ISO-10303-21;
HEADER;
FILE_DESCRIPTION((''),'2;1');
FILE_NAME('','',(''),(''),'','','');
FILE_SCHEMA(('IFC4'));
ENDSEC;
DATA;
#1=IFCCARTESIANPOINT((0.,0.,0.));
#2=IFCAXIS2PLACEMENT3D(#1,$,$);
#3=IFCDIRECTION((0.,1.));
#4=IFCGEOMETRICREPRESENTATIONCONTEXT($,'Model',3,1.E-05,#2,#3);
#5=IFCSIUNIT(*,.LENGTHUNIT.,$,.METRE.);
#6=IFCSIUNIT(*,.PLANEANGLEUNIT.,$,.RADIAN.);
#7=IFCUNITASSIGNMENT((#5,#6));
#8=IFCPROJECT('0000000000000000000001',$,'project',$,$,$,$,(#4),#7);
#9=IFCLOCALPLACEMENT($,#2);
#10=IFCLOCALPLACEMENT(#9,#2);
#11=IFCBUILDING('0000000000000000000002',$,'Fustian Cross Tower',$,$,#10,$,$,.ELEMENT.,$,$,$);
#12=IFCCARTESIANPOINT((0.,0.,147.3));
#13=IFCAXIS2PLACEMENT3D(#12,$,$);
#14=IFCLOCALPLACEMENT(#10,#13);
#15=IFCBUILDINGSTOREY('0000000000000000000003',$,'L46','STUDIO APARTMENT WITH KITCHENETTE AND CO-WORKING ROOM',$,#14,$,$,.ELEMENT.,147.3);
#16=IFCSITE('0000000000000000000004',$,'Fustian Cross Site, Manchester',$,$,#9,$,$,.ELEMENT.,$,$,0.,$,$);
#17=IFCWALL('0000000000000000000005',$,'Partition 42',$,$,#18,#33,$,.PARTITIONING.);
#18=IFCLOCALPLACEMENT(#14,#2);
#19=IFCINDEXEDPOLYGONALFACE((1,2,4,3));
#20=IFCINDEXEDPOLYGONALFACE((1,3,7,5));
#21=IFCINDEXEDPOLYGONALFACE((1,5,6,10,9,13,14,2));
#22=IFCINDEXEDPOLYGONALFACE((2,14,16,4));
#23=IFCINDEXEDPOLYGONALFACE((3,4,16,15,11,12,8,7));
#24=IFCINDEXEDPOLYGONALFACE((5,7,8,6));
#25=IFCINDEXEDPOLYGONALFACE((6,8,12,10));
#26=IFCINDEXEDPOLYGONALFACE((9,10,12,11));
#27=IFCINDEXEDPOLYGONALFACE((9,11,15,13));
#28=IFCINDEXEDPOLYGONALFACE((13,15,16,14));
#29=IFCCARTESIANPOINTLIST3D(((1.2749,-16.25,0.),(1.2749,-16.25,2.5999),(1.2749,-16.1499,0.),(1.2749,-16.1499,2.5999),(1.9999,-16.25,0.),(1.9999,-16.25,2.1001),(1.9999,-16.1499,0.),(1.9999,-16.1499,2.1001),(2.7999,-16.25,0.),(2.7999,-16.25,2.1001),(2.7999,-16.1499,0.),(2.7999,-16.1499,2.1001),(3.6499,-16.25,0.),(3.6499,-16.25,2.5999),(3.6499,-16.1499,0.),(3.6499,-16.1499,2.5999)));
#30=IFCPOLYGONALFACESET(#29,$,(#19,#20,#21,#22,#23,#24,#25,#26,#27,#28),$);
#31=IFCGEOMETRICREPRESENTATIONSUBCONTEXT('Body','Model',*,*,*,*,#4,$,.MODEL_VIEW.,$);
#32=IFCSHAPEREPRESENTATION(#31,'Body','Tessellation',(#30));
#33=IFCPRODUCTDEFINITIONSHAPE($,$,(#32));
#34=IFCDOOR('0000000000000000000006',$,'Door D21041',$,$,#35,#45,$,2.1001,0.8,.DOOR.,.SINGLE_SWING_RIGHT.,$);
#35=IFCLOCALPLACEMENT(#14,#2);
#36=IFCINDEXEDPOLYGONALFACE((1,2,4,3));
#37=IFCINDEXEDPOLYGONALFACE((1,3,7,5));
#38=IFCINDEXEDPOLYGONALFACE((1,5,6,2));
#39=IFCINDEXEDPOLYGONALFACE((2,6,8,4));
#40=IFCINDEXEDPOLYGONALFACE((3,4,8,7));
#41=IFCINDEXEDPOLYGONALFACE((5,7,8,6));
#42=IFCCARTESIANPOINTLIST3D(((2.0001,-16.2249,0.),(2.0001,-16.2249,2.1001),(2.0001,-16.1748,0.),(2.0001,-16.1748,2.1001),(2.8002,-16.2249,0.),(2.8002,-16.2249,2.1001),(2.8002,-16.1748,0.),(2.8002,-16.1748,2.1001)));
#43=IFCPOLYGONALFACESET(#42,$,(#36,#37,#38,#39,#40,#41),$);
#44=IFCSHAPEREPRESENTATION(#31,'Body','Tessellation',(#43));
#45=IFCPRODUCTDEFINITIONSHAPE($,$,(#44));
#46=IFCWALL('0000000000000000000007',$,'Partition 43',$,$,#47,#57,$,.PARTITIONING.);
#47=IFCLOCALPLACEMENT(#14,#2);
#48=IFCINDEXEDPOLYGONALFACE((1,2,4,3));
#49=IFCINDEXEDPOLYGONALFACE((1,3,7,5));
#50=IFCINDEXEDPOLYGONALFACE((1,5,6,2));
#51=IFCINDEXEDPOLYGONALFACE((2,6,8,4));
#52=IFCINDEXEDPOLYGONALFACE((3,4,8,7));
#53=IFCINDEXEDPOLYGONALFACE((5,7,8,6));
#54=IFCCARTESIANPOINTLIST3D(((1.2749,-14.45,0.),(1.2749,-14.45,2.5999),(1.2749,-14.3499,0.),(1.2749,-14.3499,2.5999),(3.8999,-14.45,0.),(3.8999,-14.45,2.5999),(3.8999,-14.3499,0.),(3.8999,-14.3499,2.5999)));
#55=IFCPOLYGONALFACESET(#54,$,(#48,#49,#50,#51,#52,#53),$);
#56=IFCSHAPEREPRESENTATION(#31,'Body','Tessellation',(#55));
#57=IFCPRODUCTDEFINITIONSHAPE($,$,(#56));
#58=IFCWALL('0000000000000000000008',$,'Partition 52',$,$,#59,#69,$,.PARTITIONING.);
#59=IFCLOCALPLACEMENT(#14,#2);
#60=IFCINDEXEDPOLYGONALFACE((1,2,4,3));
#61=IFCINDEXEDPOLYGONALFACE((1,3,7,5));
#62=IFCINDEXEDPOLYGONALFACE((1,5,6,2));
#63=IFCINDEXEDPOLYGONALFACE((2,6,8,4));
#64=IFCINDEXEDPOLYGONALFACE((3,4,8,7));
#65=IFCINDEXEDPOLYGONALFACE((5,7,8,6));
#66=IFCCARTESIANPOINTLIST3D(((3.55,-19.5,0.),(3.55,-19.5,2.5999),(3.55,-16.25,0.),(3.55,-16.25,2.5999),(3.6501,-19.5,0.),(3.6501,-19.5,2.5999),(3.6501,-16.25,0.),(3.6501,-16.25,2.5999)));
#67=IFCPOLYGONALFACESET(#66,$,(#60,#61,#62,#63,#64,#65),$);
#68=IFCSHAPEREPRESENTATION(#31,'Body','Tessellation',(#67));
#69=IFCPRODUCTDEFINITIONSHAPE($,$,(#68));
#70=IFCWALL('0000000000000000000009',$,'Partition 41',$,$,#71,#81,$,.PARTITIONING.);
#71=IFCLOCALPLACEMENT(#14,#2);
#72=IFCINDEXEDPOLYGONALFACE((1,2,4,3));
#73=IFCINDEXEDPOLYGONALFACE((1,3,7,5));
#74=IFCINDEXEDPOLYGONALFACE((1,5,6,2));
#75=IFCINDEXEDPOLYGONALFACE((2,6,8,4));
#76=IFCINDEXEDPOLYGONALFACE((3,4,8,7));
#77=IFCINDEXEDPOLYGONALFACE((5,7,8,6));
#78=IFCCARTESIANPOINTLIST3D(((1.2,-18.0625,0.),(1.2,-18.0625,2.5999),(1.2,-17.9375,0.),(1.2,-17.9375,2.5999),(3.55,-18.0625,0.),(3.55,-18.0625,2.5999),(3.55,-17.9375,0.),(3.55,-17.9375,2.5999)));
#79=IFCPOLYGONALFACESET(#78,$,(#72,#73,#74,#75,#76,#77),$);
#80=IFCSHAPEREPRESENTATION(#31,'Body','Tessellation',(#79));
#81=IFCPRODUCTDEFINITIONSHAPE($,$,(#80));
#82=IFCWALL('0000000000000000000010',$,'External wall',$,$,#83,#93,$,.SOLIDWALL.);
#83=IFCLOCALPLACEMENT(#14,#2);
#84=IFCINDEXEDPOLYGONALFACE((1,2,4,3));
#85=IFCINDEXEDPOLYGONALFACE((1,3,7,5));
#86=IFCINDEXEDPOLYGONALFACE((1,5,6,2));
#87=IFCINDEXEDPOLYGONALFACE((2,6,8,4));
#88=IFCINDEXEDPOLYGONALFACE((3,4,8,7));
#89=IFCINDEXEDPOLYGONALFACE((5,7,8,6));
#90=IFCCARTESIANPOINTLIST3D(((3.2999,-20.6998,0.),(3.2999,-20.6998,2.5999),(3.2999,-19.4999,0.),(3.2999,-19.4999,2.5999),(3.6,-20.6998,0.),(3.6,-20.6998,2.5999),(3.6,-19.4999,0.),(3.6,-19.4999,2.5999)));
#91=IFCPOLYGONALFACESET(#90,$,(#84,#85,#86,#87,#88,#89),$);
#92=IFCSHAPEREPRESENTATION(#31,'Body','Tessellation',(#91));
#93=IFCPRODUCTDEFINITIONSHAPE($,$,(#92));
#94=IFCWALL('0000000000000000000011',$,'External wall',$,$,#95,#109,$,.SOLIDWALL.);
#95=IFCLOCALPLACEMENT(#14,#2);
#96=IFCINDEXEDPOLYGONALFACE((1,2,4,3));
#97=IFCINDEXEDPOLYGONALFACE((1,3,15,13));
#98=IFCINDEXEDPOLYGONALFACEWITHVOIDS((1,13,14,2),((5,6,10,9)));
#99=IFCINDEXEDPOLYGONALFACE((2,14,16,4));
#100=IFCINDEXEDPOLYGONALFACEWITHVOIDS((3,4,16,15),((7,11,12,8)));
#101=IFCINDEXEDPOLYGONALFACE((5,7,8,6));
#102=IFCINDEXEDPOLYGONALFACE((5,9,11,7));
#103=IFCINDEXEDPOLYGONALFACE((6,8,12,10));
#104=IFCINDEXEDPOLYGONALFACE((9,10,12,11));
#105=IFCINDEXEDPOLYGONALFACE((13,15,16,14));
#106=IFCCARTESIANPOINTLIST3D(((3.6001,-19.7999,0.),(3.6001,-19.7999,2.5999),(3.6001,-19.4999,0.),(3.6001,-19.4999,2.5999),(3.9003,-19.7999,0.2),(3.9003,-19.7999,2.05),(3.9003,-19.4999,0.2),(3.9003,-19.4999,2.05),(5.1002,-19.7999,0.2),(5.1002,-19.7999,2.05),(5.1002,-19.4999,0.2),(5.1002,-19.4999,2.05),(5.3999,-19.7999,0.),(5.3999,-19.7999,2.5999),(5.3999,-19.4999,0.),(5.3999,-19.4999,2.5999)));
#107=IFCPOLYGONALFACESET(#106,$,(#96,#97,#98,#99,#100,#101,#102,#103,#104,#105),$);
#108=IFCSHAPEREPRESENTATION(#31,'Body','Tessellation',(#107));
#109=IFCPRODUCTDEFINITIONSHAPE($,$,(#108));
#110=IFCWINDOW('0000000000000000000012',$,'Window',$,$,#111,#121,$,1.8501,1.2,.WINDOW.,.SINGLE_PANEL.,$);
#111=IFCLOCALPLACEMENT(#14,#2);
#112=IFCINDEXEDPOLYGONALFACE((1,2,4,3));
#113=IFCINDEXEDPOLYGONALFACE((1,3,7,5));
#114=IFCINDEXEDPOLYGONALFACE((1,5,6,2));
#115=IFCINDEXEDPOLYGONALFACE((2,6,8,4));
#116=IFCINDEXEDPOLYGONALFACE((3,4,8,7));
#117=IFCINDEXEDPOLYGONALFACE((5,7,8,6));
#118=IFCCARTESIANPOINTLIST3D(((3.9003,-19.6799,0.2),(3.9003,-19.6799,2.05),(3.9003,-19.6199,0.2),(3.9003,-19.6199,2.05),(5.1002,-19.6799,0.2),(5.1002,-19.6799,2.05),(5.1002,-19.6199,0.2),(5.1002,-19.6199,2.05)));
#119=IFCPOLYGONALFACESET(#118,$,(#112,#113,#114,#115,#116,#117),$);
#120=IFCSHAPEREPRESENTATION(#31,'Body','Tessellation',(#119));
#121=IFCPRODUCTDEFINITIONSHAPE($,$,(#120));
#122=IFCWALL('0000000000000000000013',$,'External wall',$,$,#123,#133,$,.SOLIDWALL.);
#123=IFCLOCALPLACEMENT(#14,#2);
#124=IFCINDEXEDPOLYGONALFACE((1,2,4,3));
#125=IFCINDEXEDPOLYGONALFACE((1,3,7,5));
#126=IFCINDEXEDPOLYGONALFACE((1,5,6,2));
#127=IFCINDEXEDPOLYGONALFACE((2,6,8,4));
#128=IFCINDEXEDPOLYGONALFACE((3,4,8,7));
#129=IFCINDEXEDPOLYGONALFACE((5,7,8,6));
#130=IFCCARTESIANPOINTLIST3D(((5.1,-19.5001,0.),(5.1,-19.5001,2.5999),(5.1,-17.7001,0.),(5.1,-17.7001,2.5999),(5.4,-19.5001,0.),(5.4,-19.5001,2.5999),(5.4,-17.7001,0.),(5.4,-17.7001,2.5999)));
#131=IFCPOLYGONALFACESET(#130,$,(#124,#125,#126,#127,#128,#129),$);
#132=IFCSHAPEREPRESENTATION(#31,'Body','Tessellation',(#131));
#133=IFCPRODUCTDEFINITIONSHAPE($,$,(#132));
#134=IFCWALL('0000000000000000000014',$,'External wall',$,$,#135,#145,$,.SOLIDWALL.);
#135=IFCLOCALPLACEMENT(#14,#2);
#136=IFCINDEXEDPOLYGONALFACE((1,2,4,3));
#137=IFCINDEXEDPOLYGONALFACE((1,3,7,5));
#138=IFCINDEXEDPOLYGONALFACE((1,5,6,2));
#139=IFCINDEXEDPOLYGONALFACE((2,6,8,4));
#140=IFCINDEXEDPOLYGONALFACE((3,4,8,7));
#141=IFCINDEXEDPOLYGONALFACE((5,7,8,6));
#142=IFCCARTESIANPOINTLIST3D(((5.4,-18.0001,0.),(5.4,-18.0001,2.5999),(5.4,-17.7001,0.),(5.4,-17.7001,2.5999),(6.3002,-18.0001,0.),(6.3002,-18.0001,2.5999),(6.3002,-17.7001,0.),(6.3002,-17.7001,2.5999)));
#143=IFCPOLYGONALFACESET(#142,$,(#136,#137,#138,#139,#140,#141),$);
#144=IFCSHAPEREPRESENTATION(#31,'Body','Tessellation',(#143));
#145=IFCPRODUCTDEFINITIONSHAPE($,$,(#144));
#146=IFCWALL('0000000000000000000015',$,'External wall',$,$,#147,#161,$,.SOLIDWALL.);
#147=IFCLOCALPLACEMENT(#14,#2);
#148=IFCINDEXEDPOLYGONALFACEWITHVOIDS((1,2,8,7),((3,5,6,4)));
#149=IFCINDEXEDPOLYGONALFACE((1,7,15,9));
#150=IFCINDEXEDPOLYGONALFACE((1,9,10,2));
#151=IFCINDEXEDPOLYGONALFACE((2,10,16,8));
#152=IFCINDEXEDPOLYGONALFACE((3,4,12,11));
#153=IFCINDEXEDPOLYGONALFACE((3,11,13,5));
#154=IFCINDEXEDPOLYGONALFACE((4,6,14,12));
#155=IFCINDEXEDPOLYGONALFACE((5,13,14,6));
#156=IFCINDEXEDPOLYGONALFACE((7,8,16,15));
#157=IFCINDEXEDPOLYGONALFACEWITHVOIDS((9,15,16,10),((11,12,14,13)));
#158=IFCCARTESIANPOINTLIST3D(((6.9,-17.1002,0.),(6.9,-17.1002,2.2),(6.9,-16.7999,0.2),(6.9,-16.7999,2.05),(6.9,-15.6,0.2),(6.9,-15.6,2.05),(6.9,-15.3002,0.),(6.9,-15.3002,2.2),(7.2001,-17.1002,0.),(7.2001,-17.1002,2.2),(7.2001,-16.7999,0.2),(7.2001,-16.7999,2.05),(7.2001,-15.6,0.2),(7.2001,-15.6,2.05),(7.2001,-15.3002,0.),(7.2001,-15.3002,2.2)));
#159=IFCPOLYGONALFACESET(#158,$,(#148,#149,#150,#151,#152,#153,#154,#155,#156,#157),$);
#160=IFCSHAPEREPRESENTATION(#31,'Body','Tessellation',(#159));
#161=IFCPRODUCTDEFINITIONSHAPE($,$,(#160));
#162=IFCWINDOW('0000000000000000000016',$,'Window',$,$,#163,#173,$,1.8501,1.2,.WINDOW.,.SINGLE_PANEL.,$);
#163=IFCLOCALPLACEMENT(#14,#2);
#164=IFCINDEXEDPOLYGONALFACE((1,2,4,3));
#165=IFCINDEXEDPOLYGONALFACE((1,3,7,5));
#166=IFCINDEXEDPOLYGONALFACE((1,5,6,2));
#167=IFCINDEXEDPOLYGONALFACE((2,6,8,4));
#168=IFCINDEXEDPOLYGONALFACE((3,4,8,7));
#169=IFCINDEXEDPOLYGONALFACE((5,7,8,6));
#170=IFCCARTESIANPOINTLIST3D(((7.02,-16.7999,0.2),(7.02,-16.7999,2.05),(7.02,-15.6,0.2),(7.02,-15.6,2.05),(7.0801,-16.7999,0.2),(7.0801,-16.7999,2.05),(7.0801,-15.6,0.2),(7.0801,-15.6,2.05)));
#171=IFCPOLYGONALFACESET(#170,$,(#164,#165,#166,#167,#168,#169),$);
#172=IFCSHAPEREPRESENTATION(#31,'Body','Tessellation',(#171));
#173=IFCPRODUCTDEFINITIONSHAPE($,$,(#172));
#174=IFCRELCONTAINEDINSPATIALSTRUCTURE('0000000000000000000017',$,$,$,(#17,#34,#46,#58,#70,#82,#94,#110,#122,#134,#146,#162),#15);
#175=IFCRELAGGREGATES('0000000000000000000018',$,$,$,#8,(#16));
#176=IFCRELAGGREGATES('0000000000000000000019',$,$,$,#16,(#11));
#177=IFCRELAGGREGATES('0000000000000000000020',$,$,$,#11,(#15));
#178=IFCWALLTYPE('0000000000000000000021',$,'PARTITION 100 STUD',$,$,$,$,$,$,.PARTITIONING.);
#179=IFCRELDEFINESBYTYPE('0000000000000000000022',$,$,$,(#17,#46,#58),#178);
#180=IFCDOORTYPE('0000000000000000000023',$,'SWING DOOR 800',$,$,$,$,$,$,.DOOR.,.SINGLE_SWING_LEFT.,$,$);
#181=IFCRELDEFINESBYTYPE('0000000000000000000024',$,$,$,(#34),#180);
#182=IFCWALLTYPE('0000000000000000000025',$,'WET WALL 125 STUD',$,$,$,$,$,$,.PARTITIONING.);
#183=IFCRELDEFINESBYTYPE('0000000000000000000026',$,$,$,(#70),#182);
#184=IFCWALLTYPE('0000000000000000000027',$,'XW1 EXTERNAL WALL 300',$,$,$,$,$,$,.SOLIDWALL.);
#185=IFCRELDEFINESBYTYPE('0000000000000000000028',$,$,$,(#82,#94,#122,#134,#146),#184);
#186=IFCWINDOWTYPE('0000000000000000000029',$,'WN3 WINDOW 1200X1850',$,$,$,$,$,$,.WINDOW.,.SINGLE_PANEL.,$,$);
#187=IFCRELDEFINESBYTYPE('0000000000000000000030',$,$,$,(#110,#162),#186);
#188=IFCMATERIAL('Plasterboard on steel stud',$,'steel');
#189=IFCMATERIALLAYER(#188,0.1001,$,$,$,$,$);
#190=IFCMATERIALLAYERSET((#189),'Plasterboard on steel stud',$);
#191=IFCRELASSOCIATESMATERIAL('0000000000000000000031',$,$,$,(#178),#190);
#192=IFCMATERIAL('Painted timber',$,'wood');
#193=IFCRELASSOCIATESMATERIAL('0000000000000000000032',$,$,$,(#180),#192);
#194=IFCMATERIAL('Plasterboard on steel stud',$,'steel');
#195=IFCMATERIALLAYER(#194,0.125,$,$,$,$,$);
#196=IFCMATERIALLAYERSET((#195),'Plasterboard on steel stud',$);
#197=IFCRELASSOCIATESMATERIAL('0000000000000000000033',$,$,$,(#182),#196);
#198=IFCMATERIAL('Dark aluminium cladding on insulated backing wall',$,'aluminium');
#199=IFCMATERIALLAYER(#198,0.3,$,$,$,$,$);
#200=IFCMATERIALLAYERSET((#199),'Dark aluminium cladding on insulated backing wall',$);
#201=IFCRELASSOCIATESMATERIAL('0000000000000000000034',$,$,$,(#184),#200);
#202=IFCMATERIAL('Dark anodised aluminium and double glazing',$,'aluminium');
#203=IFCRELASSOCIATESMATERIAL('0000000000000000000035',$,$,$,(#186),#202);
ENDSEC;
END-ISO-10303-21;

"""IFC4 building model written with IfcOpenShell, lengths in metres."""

from ifc_helpers import new_model, si_unit, direction, frame, frame_2d, origin, place, context, subcontext, project, spatial, rectangle, extrude, material, layer, layer_set, type_object, element, fill, save


model = new_model("IFC4")

# Units and contexts
model_context = context("Model", 3, precision=1e-05, world=origin(), true_north=direction((0.0, 1.0)))
body_context = subcontext(model_context, "Body", "Model", "MODEL_VIEW")
ifc_project = project(units=[si_unit("LENGTHUNIT", "METRE"), si_unit("PLANEANGLEUNIT", "RADIAN")], contexts=[model_context])

# Site, building, storey
site_placement = place(None, origin())
site = spatial("IfcSite", under=ifc_project, at=site_placement, Name="Fustian Cross Site, Manchester", CompositionType="ELEMENT", RefElevation=0.0)
building_placement = place(site_placement, origin())
building = spatial("IfcBuilding", under=site, at=building_placement, Name="Fustian Cross Tower", CompositionType="ELEMENT")
storey_placement = place(building_placement, frame((0.0, 0.0, 147.3)))
storey = spatial("IfcBuildingStorey", under=building, at=storey_placement, Name="L46", Description="STUDIO APARTMENT WITH KITCHENETTE AND CO-WORKING ROOM", CompositionType="ELEMENT", Elevation=147.3)

# Wall, opening, door
ifc_material_1 = material(Name="Plasterboard on steel stud", Category="steel")
ifc_layer_1 = layer(ifc_material_1, 0.1001)
ifc_layer_set_1 = layer_set([ifc_layer_1], Name="Plasterboard on steel stud")
wall_type_1 = type_object("IfcWallType", Name="PARTITION 100 STUD", PredefinedType="PARTITIONING", material=ifc_layer_set_1)
wall_1_placement = place(storey_placement, frame((1.2749, -16.2, 0.0), z_axis=(0.0, 0.0, 1.0), x_axis=(1.0, 0.0, 0.0)))
wall_1 = element("IfcWall", 1, at=wall_1_placement, inside=storey, type_object=wall_type_1, Name="Partition 42", PredefinedType="PARTITIONING", context=body_context, shape_type="SweptSolid", body=[
    extrude(rectangle(XDim=2.375, YDim=0.1001, at=frame_2d((1.1875, 0.0))), origin(), (0.0, 0.0, 1.0), 2.5999),
])
opening_1_placement = place(wall_1_placement, frame((0.7251, 0.0, 0.0)))
opening_1 = element("IfcOpeningElement", 2, at=opening_1_placement, cuts=wall_1, PredefinedType="OPENING", context=body_context, shape_type="SweptSolid", body=[
    extrude(rectangle(XDim=0.8, YDim=2.1001, at=frame_2d((0.3999, 1.05))), frame((0.0, 0.0601, 0.0), z_axis=(0.0, -1.0, 0.0), x_axis=(1.0, 0.0, 0.0)), (0.0, 0.0, 1.0), 0.1201),
])
ifc_material_2 = material(Name="Painted timber", Category="wood")
door_type_1 = type_object("IfcDoorType", Name="SWING DOOR 800", OperationType="SINGLE_SWING_LEFT", PredefinedType="DOOR", material=ifc_material_2)
door_1_placement = place(opening_1_placement, frame((0.8, 0.0, 0.0), z_axis=(0.0, 0.0, 1.0), x_axis=(-1.0, 0.0, 0.0)))
door_1 = element("IfcDoor", 3, at=door_1_placement, inside=storey, type_object=door_type_1, Name="Door D21041", OperationType="SINGLE_SWING_RIGHT", OverallHeight=2.1001, OverallWidth=0.8, PredefinedType="DOOR", context=body_context, shape_type="SweptSolid", body=[
    extrude(rectangle(XDim=0.8, YDim=2.1001, at=frame_2d((0.3999, 1.05))), frame((0.0, 0.0249, 0.0), z_axis=(0.0, -1.0, 0.0), x_axis=(1.0, 0.0, 0.0)), (0.0, 0.0, 1.0), 0.05),
])
fill(opening_1, door_1)

# Walls
wall_2_placement = place(storey_placement, frame((1.2749, -14.3999, 0.0), z_axis=(0.0, 0.0, 1.0), x_axis=(1.0, 0.0, 0.0)))
element("IfcWall", 4, at=wall_2_placement, inside=storey, type_object=wall_type_1, Name="Partition 43", PredefinedType="PARTITIONING", context=body_context, shape_type="SweptSolid", body=[
    extrude(rectangle(XDim=2.625, YDim=0.1001, at=frame_2d((1.3125, 0.0))), origin(), (0.0, 0.0, 1.0), 2.5999),
])
wall_3_placement = place(storey_placement, frame((3.6001, -19.5, 0.0), z_axis=(0.0, 0.0, 1.0), x_axis=(0.0, 1.0, 0.0)))
element("IfcWall", 5, at=wall_3_placement, inside=storey, type_object=wall_type_1, Name="Partition 52", PredefinedType="PARTITIONING", context=body_context, shape_type="SweptSolid", body=[
    extrude(rectangle(XDim=3.25, YDim=0.1001, at=frame_2d((1.625, 0.0))), origin(), (0.0, 0.0, 1.0), 2.5999),
])
ifc_material_3 = material(Name="Plasterboard on steel stud", Category="steel")
ifc_layer_2 = layer(ifc_material_3, 0.125)
ifc_layer_set_2 = layer_set([ifc_layer_2], Name="Plasterboard on steel stud")
wall_type_2 = type_object("IfcWallType", Name="WET WALL 125 STUD", PredefinedType="PARTITIONING", material=ifc_layer_set_2)
wall_4_placement = place(storey_placement, frame((1.2, -18.0, 0.0), z_axis=(0.0, 0.0, 1.0), x_axis=(1.0, 0.0, 0.0)))
element("IfcWall", 6, at=wall_4_placement, inside=storey, type_object=wall_type_2, Name="Partition 41", PredefinedType="PARTITIONING", context=body_context, shape_type="SweptSolid", body=[
    extrude(rectangle(XDim=2.3501, YDim=0.125, at=frame_2d((1.175, 0.0))), origin(), (0.0, 0.0, 1.0), 2.5999),
])
ifc_material_4 = material(Name="Dark aluminium cladding on insulated backing wall", Category="aluminium")
ifc_layer_3 = layer(ifc_material_4, 0.3)
ifc_layer_set_3 = layer_set([ifc_layer_3], Name="Dark aluminium cladding on insulated backing wall")
wall_type_3 = type_object("IfcWallType", Name="XW1 EXTERNAL WALL 300", PredefinedType="SOLIDWALL", material=ifc_layer_set_3)
wall_5_placement = place(storey_placement, frame((3.45, -20.7, 0.0), z_axis=(0.0, 0.0, 1.0), x_axis=(0.0, 1.0, 0.0)))
element("IfcWall", 7, at=wall_5_placement, inside=storey, type_object=wall_type_3, Name="External wall", PredefinedType="SOLIDWALL", context=body_context, shape_type="SweptSolid", body=[
    extrude(rectangle(XDim=1.2, YDim=0.3, at=frame_2d((0.6001, 0.0))), origin(), (0.0, 0.0, 1.0), 2.5999),
])

# Wall, opening, window
wall_6_placement = place(storey_placement, frame((3.6001, -19.6499, 0.0), z_axis=(0.0, 0.0, 1.0), x_axis=(1.0, 0.0, 0.0)))
wall_6 = element("IfcWall", 8, at=wall_6_placement, inside=storey, type_object=wall_type_3, Name="External wall", PredefinedType="SOLIDWALL", context=body_context, shape_type="SweptSolid", body=[
    extrude(rectangle(XDim=1.7998, YDim=0.3, at=frame_2d((0.8999, 0.0))), origin(), (0.0, 0.0, 1.0), 2.5999),
])
opening_2_placement = place(wall_6_placement, frame((0.3, 0.0, 0.2)))
opening_2 = element("IfcOpeningElement", 9, at=opening_2_placement, cuts=wall_6, PredefinedType="OPENING", context=body_context, shape_type="SweptSolid", body=[
    extrude(rectangle(XDim=1.2, YDim=1.8501, at=frame_2d((0.6001, 0.925))), frame((0.0, 0.1599, 0.0), z_axis=(0.0, -1.0, 0.0), x_axis=(1.0, 0.0, 0.0)), (0.0, 0.0, 1.0), 0.3201),
])
ifc_material_5 = material(Name="Dark anodised aluminium and double glazing", Category="aluminium")
window_type_1 = type_object("IfcWindowType", Name="WN3 WINDOW 1200X1850", PartitioningType="SINGLE_PANEL", PredefinedType="WINDOW", material=ifc_material_5)
window_1_placement = place(opening_2_placement, origin())
window_1 = element("IfcWindow", 10, at=window_1_placement, inside=storey, type_object=window_type_1, Name="Window", OverallHeight=1.8501, OverallWidth=1.2, PartitioningType="SINGLE_PANEL", PredefinedType="WINDOW", context=body_context, shape_type="SweptSolid", body=[
    extrude(rectangle(XDim=1.2, YDim=1.8501, at=frame_2d((0.6001, 0.925))), frame((0.0, 0.03, 0.0), z_axis=(0.0, -1.0, 0.0), x_axis=(1.0, 0.0, 0.0)), (0.0, 0.0, 1.0), 0.0601),
])
fill(opening_2, window_1)

# Walls
wall_7_placement = place(storey_placement, frame((5.25, -19.5, 0.0), z_axis=(0.0, 0.0, 1.0), x_axis=(0.0, 1.0, 0.0)))
element("IfcWall", 11, at=wall_7_placement, inside=storey, type_object=wall_type_3, Name="External wall", PredefinedType="SOLIDWALL", context=body_context, shape_type="SweptSolid", body=[
    extrude(rectangle(XDim=1.8, YDim=0.3, at=frame_2d((0.8999, 0.0))), origin(), (0.0, 0.0, 1.0), 2.5999),
])
wall_8_placement = place(storey_placement, frame((5.3999, -17.8501, 0.0), z_axis=(0.0, 0.0, 1.0), x_axis=(1.0, 0.0, 0.0)))
element("IfcWall", 12, at=wall_8_placement, inside=storey, type_object=wall_type_3, Name="External wall", PredefinedType="SOLIDWALL", context=body_context, shape_type="SweptSolid", body=[
    extrude(rectangle(XDim=0.9001, YDim=0.3, at=frame_2d((0.4502, 0.0))), origin(), (0.0, 0.0, 1.0), 2.5999),
])

# Wall, opening, window
wall_9_placement = place(storey_placement, frame((7.05, -17.1001, 0.0), z_axis=(0.0, 0.0, 1.0), x_axis=(0.0, 1.0, 0.0)))
wall_9 = element("IfcWall", 13, at=wall_9_placement, inside=storey, type_object=wall_type_3, Name="External wall", PredefinedType="SOLIDWALL", context=body_context, shape_type="SweptSolid", body=[
    extrude(rectangle(XDim=1.8, YDim=0.3, at=frame_2d((0.8999, 0.0))), origin(), (0.0, 0.0, 1.0), 2.2),
])
opening_3_placement = place(wall_9_placement, frame((0.3, 0.0, 0.2)))
opening_3 = element("IfcOpeningElement", 14, at=opening_3_placement, cuts=wall_9, PredefinedType="OPENING", context=body_context, shape_type="SweptSolid", body=[
    extrude(rectangle(XDim=1.2, YDim=1.8501, at=frame_2d((0.6001, 0.925))), frame((0.0, 0.1599, 0.0), z_axis=(0.0, -1.0, 0.0), x_axis=(1.0, 0.0, 0.0)), (0.0, 0.0, 1.0), 0.3201),
])
window_2_placement = place(opening_3_placement, origin())
window_2 = element("IfcWindow", 15, at=window_2_placement, inside=storey, type_object=window_type_1, Name="Window", OverallHeight=1.8501, OverallWidth=1.2, PartitioningType="SINGLE_PANEL", PredefinedType="WINDOW", context=body_context, shape_type="SweptSolid", body=[
    extrude(rectangle(XDim=1.2, YDim=1.8501, at=frame_2d((0.6001, 0.925))), frame((0.0, 0.03, 0.0), z_axis=(0.0, -1.0, 0.0), x_axis=(1.0, 0.0, 0.0)), (0.0, 0.0, 1.0), 0.0601),
])
fill(opening_3, window_2)

save(model, "model.ifc")
